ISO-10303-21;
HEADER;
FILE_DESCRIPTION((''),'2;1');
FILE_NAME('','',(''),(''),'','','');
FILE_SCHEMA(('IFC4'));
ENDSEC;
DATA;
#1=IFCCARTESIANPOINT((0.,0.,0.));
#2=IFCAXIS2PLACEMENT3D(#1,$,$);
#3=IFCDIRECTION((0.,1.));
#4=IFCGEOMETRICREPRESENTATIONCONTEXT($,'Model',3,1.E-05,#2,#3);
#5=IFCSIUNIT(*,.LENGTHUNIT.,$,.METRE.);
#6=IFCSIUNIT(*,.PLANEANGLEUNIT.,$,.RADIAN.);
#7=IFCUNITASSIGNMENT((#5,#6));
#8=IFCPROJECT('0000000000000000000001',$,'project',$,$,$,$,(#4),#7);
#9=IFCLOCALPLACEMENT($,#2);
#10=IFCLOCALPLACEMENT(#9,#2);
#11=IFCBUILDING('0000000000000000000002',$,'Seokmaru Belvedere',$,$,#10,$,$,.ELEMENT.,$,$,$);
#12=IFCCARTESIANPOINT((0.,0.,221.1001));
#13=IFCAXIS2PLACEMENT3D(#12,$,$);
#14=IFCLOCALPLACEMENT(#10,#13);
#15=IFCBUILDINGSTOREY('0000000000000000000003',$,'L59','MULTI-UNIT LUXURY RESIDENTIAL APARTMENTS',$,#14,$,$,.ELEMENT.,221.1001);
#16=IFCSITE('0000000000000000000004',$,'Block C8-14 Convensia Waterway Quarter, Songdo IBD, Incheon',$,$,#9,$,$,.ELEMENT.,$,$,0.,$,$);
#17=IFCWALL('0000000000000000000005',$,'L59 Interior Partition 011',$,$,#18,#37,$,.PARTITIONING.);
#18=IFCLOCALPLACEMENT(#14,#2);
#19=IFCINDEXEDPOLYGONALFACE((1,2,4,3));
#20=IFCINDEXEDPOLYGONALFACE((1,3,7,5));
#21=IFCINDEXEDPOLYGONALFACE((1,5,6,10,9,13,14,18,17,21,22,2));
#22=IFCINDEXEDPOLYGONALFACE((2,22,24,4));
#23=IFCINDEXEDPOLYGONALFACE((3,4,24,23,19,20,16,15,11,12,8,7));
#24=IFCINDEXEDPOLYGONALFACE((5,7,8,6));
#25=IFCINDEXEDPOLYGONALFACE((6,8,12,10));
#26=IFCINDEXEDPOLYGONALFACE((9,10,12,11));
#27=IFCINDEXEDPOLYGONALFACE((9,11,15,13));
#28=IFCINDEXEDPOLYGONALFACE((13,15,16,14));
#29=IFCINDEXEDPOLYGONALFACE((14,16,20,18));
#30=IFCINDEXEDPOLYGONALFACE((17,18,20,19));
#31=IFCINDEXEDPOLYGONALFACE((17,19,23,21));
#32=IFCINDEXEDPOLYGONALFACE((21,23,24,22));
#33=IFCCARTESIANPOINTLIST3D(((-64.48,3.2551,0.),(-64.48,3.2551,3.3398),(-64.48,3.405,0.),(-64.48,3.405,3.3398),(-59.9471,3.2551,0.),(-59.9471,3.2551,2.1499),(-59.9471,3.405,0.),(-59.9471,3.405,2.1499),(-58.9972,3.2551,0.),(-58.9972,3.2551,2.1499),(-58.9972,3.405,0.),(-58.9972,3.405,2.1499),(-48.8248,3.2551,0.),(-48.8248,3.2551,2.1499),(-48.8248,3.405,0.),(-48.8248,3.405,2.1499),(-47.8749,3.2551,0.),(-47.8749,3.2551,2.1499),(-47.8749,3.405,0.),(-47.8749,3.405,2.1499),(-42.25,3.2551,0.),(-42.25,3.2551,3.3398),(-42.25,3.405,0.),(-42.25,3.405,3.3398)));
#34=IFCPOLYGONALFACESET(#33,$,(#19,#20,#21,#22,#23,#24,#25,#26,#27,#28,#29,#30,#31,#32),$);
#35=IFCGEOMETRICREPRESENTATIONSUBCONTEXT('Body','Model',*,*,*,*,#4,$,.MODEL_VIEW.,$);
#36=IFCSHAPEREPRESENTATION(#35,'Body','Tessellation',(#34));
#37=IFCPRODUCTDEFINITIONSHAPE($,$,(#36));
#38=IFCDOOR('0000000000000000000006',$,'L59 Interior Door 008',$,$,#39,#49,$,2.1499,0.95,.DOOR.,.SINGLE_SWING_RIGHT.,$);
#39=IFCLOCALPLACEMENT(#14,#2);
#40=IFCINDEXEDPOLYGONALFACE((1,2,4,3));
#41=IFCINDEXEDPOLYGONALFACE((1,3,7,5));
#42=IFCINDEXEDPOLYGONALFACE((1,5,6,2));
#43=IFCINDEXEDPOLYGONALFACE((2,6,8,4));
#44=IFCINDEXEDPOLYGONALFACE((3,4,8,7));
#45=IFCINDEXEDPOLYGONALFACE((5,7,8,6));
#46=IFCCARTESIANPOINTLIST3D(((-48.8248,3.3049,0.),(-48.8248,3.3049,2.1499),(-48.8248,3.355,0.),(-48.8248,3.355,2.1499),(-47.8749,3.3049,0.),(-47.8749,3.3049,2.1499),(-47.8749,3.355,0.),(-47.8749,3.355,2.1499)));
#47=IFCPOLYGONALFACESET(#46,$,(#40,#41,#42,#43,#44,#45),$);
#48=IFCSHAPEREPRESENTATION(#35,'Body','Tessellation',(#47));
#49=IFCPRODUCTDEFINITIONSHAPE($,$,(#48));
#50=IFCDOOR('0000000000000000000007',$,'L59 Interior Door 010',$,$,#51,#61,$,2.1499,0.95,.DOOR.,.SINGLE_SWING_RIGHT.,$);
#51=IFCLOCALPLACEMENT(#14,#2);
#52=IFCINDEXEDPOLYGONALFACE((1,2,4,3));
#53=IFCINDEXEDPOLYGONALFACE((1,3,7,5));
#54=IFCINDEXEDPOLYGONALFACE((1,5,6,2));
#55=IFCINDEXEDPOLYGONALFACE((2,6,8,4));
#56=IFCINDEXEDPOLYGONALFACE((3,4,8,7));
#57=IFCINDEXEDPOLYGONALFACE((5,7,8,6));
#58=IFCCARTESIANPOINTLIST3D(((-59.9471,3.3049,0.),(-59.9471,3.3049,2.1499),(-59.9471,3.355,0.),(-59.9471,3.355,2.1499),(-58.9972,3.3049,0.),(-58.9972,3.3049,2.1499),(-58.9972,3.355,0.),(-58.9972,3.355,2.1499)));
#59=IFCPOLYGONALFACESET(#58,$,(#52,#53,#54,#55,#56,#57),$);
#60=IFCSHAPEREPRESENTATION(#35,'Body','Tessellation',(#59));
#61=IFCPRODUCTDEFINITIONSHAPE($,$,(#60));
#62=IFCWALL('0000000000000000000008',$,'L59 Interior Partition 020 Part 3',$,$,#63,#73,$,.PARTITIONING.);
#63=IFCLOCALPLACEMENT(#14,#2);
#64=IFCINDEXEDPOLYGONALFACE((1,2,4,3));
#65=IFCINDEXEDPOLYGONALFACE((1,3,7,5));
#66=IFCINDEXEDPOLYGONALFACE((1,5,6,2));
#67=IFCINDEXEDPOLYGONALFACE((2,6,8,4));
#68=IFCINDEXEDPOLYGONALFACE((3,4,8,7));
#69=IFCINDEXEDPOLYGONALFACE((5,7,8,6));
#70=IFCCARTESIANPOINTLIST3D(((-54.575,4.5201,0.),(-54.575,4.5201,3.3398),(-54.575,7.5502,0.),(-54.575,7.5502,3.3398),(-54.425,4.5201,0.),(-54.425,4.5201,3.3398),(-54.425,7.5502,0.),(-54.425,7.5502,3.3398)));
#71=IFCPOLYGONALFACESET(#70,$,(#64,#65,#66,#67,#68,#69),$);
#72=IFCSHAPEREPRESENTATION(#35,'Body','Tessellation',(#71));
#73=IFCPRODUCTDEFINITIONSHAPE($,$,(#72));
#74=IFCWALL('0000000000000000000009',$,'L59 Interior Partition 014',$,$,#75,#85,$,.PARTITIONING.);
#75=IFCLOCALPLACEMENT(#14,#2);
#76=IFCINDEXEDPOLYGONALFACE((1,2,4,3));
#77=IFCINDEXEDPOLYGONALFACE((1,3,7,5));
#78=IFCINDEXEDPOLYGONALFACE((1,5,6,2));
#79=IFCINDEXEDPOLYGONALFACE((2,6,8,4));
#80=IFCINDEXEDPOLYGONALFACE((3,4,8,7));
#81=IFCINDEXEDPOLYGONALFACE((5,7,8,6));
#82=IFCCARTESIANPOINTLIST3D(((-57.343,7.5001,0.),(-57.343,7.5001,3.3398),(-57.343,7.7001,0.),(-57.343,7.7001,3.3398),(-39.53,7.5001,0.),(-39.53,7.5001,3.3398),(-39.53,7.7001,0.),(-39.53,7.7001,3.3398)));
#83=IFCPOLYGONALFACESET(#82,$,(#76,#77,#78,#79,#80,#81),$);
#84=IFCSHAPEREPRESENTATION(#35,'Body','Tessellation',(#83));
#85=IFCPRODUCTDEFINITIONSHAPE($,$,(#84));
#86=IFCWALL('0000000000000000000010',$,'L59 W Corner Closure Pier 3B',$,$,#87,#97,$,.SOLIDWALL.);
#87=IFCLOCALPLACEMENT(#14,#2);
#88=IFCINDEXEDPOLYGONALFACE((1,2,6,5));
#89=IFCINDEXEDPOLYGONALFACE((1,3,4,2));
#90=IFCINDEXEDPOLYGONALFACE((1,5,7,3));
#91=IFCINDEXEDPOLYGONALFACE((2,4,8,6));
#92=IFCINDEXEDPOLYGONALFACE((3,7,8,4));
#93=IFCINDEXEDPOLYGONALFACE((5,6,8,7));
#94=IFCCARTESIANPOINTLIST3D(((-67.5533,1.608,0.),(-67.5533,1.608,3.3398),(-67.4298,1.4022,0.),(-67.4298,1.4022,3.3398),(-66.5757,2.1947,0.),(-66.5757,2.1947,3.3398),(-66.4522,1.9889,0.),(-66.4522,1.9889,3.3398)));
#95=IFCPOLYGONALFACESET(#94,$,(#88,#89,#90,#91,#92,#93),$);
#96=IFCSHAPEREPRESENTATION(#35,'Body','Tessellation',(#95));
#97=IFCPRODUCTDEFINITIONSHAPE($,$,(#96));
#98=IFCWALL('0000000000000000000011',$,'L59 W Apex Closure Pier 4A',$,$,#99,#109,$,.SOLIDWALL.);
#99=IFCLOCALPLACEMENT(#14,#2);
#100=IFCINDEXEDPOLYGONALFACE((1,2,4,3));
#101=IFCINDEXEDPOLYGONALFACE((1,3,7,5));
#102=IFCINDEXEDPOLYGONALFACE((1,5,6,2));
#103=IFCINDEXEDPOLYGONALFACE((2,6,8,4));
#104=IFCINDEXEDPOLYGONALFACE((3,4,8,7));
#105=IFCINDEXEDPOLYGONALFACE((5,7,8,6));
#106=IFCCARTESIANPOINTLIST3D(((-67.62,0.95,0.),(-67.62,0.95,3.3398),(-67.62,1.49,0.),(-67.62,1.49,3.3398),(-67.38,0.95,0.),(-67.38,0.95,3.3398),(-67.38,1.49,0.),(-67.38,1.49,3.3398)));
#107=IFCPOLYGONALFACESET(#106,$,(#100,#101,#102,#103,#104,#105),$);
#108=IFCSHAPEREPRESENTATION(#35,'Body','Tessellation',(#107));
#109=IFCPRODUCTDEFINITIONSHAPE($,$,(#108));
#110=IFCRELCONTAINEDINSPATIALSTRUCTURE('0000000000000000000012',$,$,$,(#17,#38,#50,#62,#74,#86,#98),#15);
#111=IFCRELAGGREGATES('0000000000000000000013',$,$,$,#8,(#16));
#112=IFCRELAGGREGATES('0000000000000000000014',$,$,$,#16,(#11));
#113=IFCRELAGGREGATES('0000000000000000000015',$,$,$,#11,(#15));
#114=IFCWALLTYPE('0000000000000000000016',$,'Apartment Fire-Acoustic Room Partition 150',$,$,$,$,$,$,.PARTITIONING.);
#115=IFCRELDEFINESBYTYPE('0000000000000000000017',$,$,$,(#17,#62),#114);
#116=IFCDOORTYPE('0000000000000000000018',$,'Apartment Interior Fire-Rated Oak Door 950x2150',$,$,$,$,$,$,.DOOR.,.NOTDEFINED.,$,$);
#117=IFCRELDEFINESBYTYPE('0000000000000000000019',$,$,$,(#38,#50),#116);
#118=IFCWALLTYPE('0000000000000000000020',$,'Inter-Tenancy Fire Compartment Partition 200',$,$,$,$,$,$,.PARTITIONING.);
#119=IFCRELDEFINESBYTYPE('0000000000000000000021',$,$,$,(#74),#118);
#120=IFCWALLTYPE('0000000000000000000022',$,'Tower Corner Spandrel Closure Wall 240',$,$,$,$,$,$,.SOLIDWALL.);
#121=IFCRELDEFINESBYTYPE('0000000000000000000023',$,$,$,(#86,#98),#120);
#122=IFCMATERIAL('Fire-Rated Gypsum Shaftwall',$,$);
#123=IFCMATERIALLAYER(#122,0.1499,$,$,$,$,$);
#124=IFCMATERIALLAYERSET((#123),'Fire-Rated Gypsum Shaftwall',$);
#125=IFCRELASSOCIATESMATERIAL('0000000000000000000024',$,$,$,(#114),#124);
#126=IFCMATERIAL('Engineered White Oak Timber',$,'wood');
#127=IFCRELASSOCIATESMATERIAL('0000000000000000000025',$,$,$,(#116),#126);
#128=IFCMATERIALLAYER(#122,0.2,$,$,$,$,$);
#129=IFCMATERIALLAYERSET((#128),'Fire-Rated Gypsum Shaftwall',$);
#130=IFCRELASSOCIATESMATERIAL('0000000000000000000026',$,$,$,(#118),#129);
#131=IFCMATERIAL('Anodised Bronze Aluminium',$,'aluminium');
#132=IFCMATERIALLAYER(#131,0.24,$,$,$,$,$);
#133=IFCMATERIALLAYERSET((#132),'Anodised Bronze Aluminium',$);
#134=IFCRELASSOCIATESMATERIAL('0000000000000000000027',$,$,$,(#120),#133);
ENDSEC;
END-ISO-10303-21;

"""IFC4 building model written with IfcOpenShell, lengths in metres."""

from ifc_helpers import new_model, si_unit, direction, frame, frame_2d, origin, place, context, subcontext, project, spatial, rectangle, extrude, source, transform, mapped, material, layer, layer_set, type_object, type_shapes, element, fill, save


model = new_model("IFC4")

# Units and contexts
model_context = context("Model", 3, precision=1e-05, world=origin(), true_north=direction((0.0, 1.0)))
body_context = subcontext(model_context, "Body", "Model", "MODEL_VIEW")
ifc_project = project(units=[si_unit("LENGTHUNIT", "METRE"), si_unit("PLANEANGLEUNIT", "RADIAN")], contexts=[model_context])

# Site, building, storey
site_placement = place(None, origin())
site = spatial("IfcSite", under=ifc_project, at=site_placement, Name="Block C8-14 Convensia Waterway Quarter, Songdo IBD, Incheon", CompositionType="ELEMENT", RefElevation=0.0)
building_placement = place(site_placement, origin())
building = spatial("IfcBuilding", under=site, at=building_placement, Name="Seokmaru Belvedere", CompositionType="ELEMENT")
storey_placement = place(building_placement, frame((0.0, 0.0, 221.1001)))
storey = spatial("IfcBuildingStorey", under=building, at=storey_placement, Name="L59", Description="MULTI-UNIT LUXURY RESIDENTIAL APARTMENTS", CompositionType="ELEMENT", Elevation=221.1001)

# Shared definitions
ifc_material_1 = material(Name="Anodised Bronze Aluminium", Category="aluminium")

# Wall, openings, doors
ifc_material_2 = material(Name="Fire-Rated Gypsum Shaftwall")
ifc_layer_1 = layer(ifc_material_2, 0.1499)
ifc_layer_set_1 = layer_set([ifc_layer_1], Name="Fire-Rated Gypsum Shaftwall")
wall_type_1 = type_object("IfcWallType", Name="Apartment Fire-Acoustic Room Partition 150", PredefinedType="PARTITIONING", material=ifc_layer_set_1)
wall_1_placement = place(storey_placement, frame((-64.48, 3.3301, 0.0), z_axis=(0.0, 0.0, 1.0), x_axis=(1.0, 0.0, 0.0)))
wall_1 = element("IfcWall", 1, at=wall_1_placement, inside=storey, type_object=wall_type_1, Name="L59 Interior Partition 011", PredefinedType="PARTITIONING", context=body_context, shape_type="SweptSolid", body=[
    extrude(rectangle(XDim=22.23, YDim=0.1499, at=frame_2d((11.115, 0.0))), origin(), (0.0, 0.0, 1.0), 3.3398),
])
opening_1_placement = place(wall_1_placement, frame((15.655, 0.0, 0.0)))
opening_1 = element("IfcOpeningElement", 2, at=opening_1_placement, cuts=wall_1, PredefinedType="OPENING", context=body_context, shape_type="SweptSolid", body=[
    extrude(rectangle(XDim=0.95, YDim=2.1499, at=frame_2d((0.4751, 1.075))), frame((0.0, 0.085, 0.0), z_axis=(0.0, -1.0, 0.0), x_axis=(1.0, 0.0, 0.0)), (0.0, 0.0, 1.0), 0.1699),
])
opening_2_placement = place(wall_1_placement, frame((4.5327, 0.0, 0.0)))
opening_2 = element("IfcOpeningElement", 3, at=opening_2_placement, cuts=wall_1, PredefinedType="OPENING", context=body_context, shape_type="SweptSolid", body=[
    extrude(rectangle(XDim=0.95, YDim=2.1499, at=frame_2d((0.4751, 1.075))), frame((0.0, 0.085, 0.0), z_axis=(0.0, -1.0, 0.0), x_axis=(1.0, 0.0, 0.0)), (0.0, 0.0, 1.0), 0.1699),
])
ifc_material_3 = material(Name="Engineered White Oak Timber", Category="wood")
door_type = type_object("IfcDoorType", Name="Apartment Interior Fire-Rated Oak Door 950x2150", OperationType="NOTDEFINED", PredefinedType="DOOR", material=ifc_material_3)
shared_shape_1 = source(origin(), body_context, "Body", "SweptSolid", [
    extrude(rectangle(XDim=0.95, YDim=2.1499, at=frame_2d((0.4751, 1.075))), frame((0.0, 0.0249, 0.0), z_axis=(0.0, -1.0, 0.0), x_axis=(1.0, 0.0, 0.0)), (0.0, 0.0, 1.0), 0.05),
])
type_shapes(door_type, [shared_shape_1])
door_1_placement = place(opening_1_placement, origin())
door_1 = element("IfcDoor", 4, at=door_1_placement, inside=storey, type_object=door_type, Name="L59 Interior Door 008", OperationType="SINGLE_SWING_RIGHT", OverallHeight=2.1499, OverallWidth=0.95, PredefinedType="DOOR", context=body_context, shape_type="MappedRepresentation", body=[
    mapped(shared_shape_1, transform((0.0, 0.0, 0.0), scale=1.0)),
])
fill(opening_1, door_1)
door_2_placement = place(opening_2_placement, origin())
door_2 = element("IfcDoor", 5, at=door_2_placement, inside=storey, type_object=door_type, Name="L59 Interior Door 010", OperationType="SINGLE_SWING_RIGHT", OverallHeight=2.1499, OverallWidth=0.95, PredefinedType="DOOR", context=body_context, shape_type="MappedRepresentation", body=[
    mapped(shared_shape_1, transform((0.0, 0.0, 0.0), scale=1.0)),
])
fill(opening_2, door_2)

# Walls
wall_2_placement = place(storey_placement, frame((-54.5, 4.52, 0.0), z_axis=(0.0, 0.0, 1.0), x_axis=(0.0, 1.0, 0.0)))
element("IfcWall", 6, at=wall_2_placement, inside=storey, type_object=wall_type_1, Name="L59 Interior Partition 020 Part 3", PredefinedType="PARTITIONING", context=body_context, shape_type="SweptSolid", body=[
    extrude(rectangle(XDim=3.03, YDim=0.1499, at=frame_2d((1.5151, 0.0))), origin(), (0.0, 0.0, 1.0), 3.3398),
])
ifc_layer_2 = layer(ifc_material_2, 0.2)
ifc_layer_set_2 = layer_set([ifc_layer_2], Name="Fire-Rated Gypsum Shaftwall")
wall_type_2 = type_object("IfcWallType", Name="Inter-Tenancy Fire Compartment Partition 200", PredefinedType="PARTITIONING", material=ifc_layer_set_2)
wall_3_placement = place(storey_placement, frame((-57.343, 7.6001, 0.0), z_axis=(0.0, 0.0, 1.0), x_axis=(1.0, 0.0, 0.0)))
element("IfcWall", 7, at=wall_3_placement, inside=storey, type_object=wall_type_2, Name="L59 Interior Partition 014", PredefinedType="PARTITIONING", context=body_context, shape_type="SweptSolid", body=[
    extrude(rectangle(XDim=17.813, YDim=0.2, at=frame_2d((8.9065, 0.0))), origin(), (0.0, 0.0, 1.0), 3.3398),
])
ifc_layer_3 = layer(ifc_material_1, 0.24)
ifc_layer_set_3 = layer_set([ifc_layer_3], Name="Anodised Bronze Aluminium")
wall_type_3 = type_object("IfcWallType", Name="Tower Corner Spandrel Closure Wall 240", PredefinedType="SOLIDWALL", material=ifc_layer_set_3)
wall_4_placement = place(storey_placement, frame((-66.5139, 2.0918, 0.0), z_axis=(0.0, 0.0, 1.0), x_axis=(-0.857436, -0.51459, 0.0)))
element("IfcWall", 8, at=wall_4_placement, inside=storey, type_object=wall_type_3, Name="L59 W Corner Closure Pier 3B", PredefinedType="SOLIDWALL", context=body_context, shape_type="SweptSolid", body=[
    extrude(rectangle(XDim=1.1401, YDim=0.24, at=frame_2d((0.5701, 0.0))), origin(), (0.0, 0.0, 1.0), 3.3398),
])
wall_5_placement = place(storey_placement, frame((-67.5, 1.49, 0.0), z_axis=(0.0, 0.0, 1.0), x_axis=(0.0, -1.0, 0.0)))
element("IfcWall", 9, at=wall_5_placement, inside=storey, type_object=wall_type_3, Name="L59 W Apex Closure Pier 4A", PredefinedType="SOLIDWALL", context=body_context, shape_type="SweptSolid", body=[
    extrude(rectangle(XDim=0.54, YDim=0.24, at=frame_2d((0.27, 0.0))), origin(), (0.0, 0.0, 1.0), 3.3398),
])

save(model, "model.ifc")
